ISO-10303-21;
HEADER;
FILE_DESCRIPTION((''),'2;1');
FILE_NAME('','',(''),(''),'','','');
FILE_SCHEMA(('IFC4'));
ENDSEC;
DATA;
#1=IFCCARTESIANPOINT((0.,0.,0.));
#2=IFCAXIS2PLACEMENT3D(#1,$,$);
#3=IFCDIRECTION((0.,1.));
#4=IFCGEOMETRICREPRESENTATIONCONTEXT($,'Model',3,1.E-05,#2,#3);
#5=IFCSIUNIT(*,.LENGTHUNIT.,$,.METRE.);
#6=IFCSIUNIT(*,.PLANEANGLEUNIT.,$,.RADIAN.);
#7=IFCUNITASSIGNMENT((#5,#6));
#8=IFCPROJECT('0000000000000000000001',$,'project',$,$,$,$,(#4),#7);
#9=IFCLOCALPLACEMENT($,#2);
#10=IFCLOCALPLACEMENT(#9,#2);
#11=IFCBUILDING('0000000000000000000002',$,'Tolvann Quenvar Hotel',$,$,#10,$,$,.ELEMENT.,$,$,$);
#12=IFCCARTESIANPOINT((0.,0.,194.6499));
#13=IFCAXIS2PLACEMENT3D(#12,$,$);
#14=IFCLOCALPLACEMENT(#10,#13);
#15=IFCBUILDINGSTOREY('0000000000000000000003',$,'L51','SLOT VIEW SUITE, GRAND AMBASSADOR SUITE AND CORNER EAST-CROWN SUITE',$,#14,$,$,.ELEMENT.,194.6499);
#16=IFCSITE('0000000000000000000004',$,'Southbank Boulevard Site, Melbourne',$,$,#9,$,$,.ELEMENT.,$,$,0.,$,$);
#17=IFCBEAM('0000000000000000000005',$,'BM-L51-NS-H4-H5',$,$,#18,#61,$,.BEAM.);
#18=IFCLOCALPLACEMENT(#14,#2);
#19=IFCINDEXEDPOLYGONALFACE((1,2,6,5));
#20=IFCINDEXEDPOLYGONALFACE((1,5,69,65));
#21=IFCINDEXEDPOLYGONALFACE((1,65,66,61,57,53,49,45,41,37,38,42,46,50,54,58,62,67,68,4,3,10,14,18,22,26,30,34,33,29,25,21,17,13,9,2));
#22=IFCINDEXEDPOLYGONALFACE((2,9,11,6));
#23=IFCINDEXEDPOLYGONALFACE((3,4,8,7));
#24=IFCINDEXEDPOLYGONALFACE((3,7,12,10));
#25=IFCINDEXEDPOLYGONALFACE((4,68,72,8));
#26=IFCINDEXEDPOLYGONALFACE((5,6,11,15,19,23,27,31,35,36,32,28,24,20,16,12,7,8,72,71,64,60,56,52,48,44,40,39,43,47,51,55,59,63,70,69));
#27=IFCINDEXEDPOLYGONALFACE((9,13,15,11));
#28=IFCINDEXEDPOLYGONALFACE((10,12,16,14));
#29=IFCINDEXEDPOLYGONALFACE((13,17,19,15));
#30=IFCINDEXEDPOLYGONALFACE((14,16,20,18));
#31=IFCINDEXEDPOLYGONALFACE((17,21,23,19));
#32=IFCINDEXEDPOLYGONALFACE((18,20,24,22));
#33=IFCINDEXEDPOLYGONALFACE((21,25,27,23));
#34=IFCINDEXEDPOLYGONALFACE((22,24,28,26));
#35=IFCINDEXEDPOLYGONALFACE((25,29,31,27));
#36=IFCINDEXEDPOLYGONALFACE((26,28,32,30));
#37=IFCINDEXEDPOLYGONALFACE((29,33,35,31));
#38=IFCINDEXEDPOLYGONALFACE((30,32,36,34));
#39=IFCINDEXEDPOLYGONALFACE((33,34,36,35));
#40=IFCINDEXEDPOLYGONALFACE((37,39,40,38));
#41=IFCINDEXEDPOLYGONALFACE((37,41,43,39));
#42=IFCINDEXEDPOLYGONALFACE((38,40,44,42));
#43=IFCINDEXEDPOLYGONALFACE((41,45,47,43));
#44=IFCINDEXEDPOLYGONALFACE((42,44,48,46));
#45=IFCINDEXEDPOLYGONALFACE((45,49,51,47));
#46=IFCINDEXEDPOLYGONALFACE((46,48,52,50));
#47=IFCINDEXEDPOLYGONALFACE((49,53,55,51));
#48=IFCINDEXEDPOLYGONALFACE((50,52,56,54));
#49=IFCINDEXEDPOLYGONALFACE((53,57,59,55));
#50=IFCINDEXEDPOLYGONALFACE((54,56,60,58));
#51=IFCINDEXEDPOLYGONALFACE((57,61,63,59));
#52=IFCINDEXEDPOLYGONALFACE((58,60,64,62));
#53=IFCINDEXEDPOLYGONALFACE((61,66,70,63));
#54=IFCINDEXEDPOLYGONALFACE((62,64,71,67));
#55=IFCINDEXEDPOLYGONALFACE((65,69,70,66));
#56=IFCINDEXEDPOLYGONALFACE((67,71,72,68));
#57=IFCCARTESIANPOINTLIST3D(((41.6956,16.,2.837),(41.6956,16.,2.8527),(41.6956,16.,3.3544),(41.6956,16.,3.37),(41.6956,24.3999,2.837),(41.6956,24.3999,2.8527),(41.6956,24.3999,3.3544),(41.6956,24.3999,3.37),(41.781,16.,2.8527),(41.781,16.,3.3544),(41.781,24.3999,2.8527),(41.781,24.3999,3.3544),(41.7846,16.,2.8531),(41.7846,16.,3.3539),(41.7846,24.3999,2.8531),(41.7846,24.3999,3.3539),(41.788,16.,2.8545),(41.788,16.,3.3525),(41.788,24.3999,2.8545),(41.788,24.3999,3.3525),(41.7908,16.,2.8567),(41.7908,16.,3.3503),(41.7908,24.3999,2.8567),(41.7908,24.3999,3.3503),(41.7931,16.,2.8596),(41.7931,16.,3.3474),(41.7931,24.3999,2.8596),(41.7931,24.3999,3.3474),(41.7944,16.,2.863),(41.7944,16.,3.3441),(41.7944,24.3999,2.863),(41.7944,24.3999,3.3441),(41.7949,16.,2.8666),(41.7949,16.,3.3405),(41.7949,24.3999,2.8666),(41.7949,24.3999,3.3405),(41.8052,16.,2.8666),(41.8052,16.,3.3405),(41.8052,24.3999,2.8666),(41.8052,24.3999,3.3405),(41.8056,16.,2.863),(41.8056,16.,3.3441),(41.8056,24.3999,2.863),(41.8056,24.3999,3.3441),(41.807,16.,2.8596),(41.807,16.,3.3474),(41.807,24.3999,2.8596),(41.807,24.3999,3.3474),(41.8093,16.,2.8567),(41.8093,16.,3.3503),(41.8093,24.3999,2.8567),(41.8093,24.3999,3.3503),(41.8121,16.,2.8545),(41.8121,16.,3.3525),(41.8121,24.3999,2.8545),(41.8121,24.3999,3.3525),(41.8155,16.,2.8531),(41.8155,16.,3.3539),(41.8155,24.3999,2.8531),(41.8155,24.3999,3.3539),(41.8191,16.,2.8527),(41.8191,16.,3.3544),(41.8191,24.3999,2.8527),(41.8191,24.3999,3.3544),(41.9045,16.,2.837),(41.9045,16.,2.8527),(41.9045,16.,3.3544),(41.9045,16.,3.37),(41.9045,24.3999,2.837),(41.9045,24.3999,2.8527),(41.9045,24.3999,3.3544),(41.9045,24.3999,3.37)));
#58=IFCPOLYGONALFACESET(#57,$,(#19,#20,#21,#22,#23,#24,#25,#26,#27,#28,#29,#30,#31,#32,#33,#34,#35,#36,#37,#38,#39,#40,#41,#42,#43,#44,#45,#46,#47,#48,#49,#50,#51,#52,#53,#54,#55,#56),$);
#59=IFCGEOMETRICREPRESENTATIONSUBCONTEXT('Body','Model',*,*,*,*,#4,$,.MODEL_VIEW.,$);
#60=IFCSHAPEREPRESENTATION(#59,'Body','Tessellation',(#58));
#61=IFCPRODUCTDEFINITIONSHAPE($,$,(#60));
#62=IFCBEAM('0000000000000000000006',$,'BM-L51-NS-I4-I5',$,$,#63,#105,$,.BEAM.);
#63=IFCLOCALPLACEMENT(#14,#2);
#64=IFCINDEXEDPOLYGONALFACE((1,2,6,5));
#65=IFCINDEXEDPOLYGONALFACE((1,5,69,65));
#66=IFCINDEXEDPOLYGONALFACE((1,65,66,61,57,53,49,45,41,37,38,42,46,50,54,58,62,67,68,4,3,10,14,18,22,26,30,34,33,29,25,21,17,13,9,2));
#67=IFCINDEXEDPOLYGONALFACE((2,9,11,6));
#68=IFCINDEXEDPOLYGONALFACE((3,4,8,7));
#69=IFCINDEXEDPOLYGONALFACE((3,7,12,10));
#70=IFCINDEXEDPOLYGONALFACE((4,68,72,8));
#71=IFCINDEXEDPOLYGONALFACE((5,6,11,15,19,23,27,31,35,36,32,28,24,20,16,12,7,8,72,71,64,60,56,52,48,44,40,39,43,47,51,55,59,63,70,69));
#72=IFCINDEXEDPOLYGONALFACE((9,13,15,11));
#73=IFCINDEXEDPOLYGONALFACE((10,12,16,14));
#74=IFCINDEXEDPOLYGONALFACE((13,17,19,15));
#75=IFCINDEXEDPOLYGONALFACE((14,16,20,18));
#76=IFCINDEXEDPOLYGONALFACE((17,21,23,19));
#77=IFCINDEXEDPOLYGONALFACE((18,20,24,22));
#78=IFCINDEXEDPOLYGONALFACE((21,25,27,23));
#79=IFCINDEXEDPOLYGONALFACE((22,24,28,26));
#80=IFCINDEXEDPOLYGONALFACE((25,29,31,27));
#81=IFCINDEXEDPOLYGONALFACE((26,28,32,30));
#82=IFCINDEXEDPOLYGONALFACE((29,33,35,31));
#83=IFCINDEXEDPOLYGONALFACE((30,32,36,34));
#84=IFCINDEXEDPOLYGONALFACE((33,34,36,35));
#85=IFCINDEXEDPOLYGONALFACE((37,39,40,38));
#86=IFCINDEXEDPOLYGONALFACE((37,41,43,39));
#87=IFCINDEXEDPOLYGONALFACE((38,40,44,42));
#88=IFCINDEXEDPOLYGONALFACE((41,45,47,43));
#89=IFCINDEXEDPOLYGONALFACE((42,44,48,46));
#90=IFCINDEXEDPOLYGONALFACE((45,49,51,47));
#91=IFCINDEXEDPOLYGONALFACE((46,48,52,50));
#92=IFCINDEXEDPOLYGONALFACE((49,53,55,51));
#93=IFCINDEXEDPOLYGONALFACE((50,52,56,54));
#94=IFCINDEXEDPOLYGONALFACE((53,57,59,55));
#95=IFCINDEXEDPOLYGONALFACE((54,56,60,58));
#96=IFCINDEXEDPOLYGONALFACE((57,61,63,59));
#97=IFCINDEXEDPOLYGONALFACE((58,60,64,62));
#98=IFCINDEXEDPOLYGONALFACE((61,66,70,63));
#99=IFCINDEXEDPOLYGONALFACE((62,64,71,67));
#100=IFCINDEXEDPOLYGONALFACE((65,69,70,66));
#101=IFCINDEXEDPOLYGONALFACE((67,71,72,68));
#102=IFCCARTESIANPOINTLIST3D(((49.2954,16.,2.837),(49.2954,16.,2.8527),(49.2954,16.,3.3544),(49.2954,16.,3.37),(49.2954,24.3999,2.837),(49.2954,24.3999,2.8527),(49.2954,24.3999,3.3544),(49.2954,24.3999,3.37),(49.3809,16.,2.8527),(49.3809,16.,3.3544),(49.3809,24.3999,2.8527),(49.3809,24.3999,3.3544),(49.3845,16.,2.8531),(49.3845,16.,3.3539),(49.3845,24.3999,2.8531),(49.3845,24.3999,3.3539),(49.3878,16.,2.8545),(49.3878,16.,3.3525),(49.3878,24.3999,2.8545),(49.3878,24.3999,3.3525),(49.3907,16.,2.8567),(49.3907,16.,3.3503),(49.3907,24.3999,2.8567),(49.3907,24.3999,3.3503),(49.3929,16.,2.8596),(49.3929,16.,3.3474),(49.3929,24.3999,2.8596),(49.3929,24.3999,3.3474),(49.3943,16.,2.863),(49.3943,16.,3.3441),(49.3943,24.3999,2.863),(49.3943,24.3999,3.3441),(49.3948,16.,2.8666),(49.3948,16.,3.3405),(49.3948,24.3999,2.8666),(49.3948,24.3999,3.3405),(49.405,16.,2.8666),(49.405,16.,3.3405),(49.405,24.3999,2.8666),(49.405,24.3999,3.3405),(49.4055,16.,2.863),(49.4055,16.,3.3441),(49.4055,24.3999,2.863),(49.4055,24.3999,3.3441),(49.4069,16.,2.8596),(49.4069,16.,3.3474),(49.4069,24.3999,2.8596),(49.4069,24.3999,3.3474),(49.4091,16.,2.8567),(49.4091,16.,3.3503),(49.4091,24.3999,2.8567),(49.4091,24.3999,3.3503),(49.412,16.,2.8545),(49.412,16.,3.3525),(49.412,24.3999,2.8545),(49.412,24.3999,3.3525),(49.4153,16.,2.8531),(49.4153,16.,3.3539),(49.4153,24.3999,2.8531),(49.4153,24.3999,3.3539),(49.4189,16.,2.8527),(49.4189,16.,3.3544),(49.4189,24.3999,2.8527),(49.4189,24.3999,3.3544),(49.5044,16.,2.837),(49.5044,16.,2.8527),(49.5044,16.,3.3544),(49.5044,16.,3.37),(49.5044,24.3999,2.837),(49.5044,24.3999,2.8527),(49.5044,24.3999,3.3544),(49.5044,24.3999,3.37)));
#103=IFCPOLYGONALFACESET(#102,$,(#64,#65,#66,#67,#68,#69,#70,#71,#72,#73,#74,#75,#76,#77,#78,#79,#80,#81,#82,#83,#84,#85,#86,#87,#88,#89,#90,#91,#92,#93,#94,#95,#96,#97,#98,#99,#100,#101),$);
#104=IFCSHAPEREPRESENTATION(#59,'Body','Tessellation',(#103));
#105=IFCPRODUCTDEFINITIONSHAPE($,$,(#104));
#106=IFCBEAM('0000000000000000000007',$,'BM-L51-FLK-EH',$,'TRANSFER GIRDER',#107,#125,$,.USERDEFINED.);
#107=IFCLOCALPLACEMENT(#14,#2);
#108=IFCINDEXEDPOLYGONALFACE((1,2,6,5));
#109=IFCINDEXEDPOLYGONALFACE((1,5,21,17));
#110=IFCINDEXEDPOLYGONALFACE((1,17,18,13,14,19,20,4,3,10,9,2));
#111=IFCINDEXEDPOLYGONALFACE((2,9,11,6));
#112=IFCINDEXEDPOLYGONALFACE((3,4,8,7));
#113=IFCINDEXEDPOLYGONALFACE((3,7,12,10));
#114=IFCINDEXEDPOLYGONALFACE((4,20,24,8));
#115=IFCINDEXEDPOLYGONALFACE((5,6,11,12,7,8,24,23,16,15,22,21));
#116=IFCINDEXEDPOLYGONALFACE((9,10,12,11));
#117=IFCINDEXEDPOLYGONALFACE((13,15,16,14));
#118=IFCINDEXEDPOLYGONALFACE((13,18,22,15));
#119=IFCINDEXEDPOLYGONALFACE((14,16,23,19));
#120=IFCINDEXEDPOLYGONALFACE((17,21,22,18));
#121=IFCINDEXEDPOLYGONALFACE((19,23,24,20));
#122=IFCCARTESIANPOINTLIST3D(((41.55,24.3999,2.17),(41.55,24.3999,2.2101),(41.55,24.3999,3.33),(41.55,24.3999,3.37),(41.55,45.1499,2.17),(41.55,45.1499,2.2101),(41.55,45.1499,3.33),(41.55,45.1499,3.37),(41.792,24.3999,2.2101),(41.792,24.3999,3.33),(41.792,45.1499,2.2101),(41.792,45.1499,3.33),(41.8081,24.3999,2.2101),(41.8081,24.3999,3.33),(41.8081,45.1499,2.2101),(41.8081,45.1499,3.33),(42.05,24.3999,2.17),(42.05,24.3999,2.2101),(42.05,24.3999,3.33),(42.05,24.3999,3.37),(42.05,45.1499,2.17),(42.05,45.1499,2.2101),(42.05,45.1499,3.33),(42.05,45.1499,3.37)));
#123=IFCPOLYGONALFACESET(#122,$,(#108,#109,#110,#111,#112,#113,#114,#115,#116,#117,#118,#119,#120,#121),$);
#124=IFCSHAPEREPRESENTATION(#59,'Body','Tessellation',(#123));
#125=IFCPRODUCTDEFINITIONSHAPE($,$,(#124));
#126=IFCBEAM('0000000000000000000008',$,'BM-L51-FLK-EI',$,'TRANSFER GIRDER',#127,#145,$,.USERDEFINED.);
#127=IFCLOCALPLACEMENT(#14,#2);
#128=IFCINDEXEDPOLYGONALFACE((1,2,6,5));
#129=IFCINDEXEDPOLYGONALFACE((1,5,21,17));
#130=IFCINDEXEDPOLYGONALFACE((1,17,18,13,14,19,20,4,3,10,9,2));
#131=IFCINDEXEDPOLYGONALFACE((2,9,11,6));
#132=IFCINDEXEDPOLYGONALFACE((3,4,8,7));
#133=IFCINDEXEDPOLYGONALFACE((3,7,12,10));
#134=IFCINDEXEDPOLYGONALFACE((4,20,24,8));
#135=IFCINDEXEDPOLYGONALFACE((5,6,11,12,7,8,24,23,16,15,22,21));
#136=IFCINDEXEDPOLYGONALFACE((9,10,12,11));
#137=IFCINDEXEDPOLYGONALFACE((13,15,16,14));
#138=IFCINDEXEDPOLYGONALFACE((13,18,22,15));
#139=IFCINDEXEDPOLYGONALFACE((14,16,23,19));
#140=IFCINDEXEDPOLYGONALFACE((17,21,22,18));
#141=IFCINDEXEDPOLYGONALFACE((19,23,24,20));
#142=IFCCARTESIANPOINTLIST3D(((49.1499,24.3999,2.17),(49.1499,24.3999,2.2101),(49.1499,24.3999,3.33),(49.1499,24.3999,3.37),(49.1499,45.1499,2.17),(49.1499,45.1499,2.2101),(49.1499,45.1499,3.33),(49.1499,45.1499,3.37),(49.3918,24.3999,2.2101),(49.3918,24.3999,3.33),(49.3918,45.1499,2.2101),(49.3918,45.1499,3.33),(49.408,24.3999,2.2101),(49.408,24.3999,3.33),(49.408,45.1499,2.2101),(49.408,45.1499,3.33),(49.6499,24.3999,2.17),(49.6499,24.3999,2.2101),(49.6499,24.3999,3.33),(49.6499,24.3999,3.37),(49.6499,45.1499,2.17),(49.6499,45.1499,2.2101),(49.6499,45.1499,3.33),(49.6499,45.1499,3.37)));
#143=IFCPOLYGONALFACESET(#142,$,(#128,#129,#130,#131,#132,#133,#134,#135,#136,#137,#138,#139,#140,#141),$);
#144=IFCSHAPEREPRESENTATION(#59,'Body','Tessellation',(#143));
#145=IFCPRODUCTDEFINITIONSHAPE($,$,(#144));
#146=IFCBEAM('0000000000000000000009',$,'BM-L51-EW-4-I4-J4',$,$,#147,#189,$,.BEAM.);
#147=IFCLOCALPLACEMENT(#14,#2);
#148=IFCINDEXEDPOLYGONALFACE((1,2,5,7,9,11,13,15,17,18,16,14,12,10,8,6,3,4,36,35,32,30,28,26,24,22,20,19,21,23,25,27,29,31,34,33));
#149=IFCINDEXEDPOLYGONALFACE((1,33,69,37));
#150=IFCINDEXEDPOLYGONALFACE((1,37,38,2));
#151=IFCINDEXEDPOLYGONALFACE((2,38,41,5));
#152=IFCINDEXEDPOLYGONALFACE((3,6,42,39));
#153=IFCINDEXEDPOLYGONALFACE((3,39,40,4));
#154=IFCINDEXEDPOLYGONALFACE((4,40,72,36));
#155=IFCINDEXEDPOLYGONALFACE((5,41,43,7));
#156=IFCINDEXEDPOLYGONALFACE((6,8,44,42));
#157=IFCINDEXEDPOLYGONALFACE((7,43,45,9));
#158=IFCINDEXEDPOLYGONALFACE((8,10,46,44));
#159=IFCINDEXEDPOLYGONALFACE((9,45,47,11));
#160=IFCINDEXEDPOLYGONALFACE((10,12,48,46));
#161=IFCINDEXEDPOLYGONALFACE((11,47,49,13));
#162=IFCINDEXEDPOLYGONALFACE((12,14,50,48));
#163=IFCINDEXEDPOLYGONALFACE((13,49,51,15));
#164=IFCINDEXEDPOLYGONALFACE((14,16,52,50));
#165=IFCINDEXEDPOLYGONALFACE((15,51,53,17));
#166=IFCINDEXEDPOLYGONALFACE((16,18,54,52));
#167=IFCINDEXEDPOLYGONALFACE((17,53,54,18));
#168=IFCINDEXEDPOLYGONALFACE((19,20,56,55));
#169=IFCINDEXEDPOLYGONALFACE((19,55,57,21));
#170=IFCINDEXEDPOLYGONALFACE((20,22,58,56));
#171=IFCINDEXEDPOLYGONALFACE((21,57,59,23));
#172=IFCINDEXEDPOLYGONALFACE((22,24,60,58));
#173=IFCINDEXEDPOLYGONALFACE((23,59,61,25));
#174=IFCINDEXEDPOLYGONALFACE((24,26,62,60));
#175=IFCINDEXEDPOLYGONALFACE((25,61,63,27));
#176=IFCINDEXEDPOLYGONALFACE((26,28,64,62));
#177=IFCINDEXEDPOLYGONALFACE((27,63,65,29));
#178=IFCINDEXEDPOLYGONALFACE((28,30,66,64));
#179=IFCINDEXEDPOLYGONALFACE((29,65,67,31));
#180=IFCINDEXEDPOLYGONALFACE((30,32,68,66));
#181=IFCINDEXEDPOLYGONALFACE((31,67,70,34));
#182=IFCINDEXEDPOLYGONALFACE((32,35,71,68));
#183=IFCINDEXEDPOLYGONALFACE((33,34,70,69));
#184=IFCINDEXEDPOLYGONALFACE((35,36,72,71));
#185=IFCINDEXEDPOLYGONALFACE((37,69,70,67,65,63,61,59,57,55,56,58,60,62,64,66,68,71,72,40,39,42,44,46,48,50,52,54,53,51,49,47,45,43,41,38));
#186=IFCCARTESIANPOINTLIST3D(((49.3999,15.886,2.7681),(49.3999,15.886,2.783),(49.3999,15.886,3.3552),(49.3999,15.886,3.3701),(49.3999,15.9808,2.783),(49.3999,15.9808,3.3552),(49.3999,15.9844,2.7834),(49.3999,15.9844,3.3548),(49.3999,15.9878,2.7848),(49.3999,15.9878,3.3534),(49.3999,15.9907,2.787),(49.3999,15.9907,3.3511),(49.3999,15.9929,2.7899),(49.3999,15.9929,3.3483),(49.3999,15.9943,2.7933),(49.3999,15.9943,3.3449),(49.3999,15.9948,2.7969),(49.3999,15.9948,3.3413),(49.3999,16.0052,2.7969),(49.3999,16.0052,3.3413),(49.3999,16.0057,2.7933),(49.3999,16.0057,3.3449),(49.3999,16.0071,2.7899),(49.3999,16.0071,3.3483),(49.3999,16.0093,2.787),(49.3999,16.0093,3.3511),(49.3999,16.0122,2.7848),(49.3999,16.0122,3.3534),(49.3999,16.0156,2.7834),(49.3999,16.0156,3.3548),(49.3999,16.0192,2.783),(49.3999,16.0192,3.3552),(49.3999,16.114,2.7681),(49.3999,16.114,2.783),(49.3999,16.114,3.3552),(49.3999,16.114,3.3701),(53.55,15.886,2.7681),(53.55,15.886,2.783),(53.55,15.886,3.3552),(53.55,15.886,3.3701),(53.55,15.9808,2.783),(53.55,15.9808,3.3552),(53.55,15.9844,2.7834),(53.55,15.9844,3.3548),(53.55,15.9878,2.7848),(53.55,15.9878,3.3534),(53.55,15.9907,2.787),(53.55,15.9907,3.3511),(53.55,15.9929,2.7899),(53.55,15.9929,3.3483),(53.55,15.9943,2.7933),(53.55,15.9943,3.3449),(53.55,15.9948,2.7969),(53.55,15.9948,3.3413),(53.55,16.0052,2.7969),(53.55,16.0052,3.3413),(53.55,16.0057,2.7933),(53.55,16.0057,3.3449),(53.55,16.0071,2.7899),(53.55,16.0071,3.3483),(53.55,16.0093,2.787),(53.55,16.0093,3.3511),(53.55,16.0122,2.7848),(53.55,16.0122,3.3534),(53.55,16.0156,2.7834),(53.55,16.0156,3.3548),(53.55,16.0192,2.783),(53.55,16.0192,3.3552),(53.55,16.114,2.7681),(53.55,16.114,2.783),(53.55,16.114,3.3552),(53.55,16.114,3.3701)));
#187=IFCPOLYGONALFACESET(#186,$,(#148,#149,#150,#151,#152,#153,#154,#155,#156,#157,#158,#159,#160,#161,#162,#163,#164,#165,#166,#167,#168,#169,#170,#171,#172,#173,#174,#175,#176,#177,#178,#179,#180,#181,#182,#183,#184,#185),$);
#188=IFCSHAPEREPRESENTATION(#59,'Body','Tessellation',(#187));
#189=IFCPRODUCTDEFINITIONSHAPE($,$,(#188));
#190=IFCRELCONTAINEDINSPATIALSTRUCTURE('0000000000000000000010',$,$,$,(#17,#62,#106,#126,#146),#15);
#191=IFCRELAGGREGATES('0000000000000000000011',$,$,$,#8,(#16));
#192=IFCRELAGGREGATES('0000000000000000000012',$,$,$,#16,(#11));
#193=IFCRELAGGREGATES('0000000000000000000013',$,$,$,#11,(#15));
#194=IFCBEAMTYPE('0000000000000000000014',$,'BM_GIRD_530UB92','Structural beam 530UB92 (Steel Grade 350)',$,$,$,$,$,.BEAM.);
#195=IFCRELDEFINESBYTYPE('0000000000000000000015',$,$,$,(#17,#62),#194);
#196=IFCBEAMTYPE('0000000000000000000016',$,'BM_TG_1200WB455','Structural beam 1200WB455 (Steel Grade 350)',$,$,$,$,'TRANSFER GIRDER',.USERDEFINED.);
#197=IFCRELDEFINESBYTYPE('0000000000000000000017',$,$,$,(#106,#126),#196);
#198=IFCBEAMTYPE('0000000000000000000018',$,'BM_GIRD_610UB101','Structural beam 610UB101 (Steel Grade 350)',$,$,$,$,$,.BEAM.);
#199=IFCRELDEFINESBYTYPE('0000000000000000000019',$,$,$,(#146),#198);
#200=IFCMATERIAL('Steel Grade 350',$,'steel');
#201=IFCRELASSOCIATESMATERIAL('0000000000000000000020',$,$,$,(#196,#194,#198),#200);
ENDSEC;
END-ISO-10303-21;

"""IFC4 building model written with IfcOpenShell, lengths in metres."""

from ifc_helpers import new_model, si_unit, direction, frame, origin, origin_2d, place, context, subcontext, project, spatial, i_section, extrude, source, transform, mapped, material, material_profile, profile_set, type_object, type_shapes, element, save


model = new_model("IFC4")

# Units and contexts
model_context = context("Model", 3, precision=1e-05, world=origin(), true_north=direction((0.0, 1.0)))
body_context = subcontext(model_context, "Body", "Model", "MODEL_VIEW")
ifc_project = project(units=[si_unit("LENGTHUNIT", "METRE"), si_unit("PLANEANGLEUNIT", "RADIAN")], contexts=[model_context])

# Site, building, storey
site_placement = place(None, origin())
site = spatial("IfcSite", under=ifc_project, at=site_placement, Name="Southbank Boulevard Site, Melbourne", CompositionType="ELEMENT", RefElevation=0.0)
building_placement = place(site_placement, origin())
building = spatial("IfcBuilding", under=site, at=building_placement, Name="Tolvann Quenvar Hotel", CompositionType="ELEMENT")
storey_placement = place(building_placement, frame((0.0, 0.0, 194.6499)))
storey = spatial("IfcBuildingStorey", under=building, at=storey_placement, Name="L51", Description="SLOT VIEW SUITE, GRAND AMBASSADOR SUITE AND CORNER EAST-CROWN SUITE", CompositionType="ELEMENT", Elevation=194.6499)

# Shared definitions
ifc_material_1 = material(Name="Steel Grade 350", Category="steel")

# Beams
ifc_material_profile_1 = material_profile(ifc_material_1, i_section(OverallWidth=0.5, OverallDepth=1.2, WebThickness=0.0161, FlangeThickness=0.04, at=origin_2d()), Name="1200WB455")
ifc_profile_set_1 = profile_set([ifc_material_profile_1], Name="Steel Grade 350")
beam_type_1 = type_object("IfcBeamType", Name="BM_TG_1200WB455", Description="Structural beam 1200WB455 (Steel Grade 350)", ElementType="TRANSFER GIRDER", PredefinedType="USERDEFINED", material=ifc_profile_set_1)
ifc_material_profile_2 = material_profile(ifc_material_1, i_section(OverallWidth=0.209, OverallDepth=0.533, WebThickness=0.0103, FlangeThickness=0.0156, FilletRadius=0.0139, at=origin_2d()), Name="530UB92")
ifc_profile_set_2 = profile_set([ifc_material_profile_2], Name="Steel Grade 350")
beam_type_2 = type_object("IfcBeamType", Name="BM_GIRD_530UB92", Description="Structural beam 530UB92 (Steel Grade 350)", PredefinedType="BEAM", material=ifc_profile_set_2)
shared_shape_1 = source(origin(), body_context, "Body", "SweptSolid", [
    extrude(i_section(OverallWidth=0.209, OverallDepth=0.533, WebThickness=0.0103, FlangeThickness=0.0156, FilletRadius=0.0139, at=origin_2d()), origin(), (0.0, 0.0, 1.0), 8.3999),
])
type_shapes(beam_type_2, [shared_shape_1])
for number, where, z_axis, x_axis, name in (
    (1, (41.8, 16.0, 3.1035), (0.0, 1.0, 0.0), (-1.0, 0.0, 0.0), "BM-L51-NS-H4-H5"),
    (2, (49.3999, 16.0, 3.1035), (0.0, 1.0, 0.0), (-1.0, 0.0, 0.0), "BM-L51-NS-I4-I5"),
):
    element("IfcBeam", number, at=place(storey_placement, frame(where, z_axis=z_axis, x_axis=x_axis)), inside=storey, type_object=beam_type_2, Name=name, PredefinedType="BEAM", context=body_context, shape_type="MappedRepresentation", body=[
        mapped(shared_shape_1, transform((0.0, 0.0, 0.0), x_axis=(1.0, 0.0, 0.0), y_axis=(0.0, 1.0, 0.0), z_axis=(0.0, 0.0, 1.0), scale=1.0)),
    ])
shared_shape_2 = source(origin(), body_context, "Body", "SweptSolid", [
    extrude(i_section(OverallWidth=0.5, OverallDepth=1.2, WebThickness=0.0161, FlangeThickness=0.04, at=origin_2d()), origin(), (0.0, 0.0, 1.0), 20.75),
])
for number, where, z_axis, x_axis, name in (
    (3, (41.8, 24.3999, 2.77), (0.0, 1.0, 0.0), (-1.0, 0.0, 0.0), "BM-L51-FLK-EH"),
    (4, (49.3999, 24.3999, 2.77), (0.0, 1.0, 0.0), (-1.0, 0.0, 0.0), "BM-L51-FLK-EI"),
):
    element("IfcBeam", number, at=place(storey_placement, frame(where, z_axis=z_axis, x_axis=x_axis)), inside=storey, type_object=beam_type_1, Name=name, ObjectType="TRANSFER GIRDER", PredefinedType="USERDEFINED", context=body_context, shape_type="MappedRepresentation", body=[
        mapped(shared_shape_2, transform((0.0, 0.0, 0.0), x_axis=(1.0, 0.0, 0.0), y_axis=(0.0, 1.0, 0.0), z_axis=(0.0, 0.0, 1.0), scale=1.0)),
    ])
ifc_material_profile_3 = material_profile(ifc_material_1, i_section(OverallWidth=0.228, OverallDepth=0.6021, WebThickness=0.0105, FlangeThickness=0.0149, FilletRadius=0.0139, at=origin_2d()), Name="610UB101")
ifc_profile_set_3 = profile_set([ifc_material_profile_3], Name="Steel Grade 350")
beam_type_3 = type_object("IfcBeamType", Name="BM_GIRD_610UB101", Description="Structural beam 610UB101 (Steel Grade 350)", PredefinedType="BEAM", material=ifc_profile_set_3)
shared_shape_3 = source(origin(), body_context, "Body", "SweptSolid", [
    extrude(i_section(OverallWidth=0.228, OverallDepth=0.6021, WebThickness=0.0105, FlangeThickness=0.0149, FilletRadius=0.0139, at=origin_2d()), origin(), (0.0, 0.0, 1.0), 4.1501),
])
for number, where, z_axis, x_axis, name in (
    (5, (49.3999, 16.0, 3.0691), (1.0, 0.0, 0.0), (0.0, 1.0, 0.0), "BM-L51-EW-4-I4-J4"),
):
    element("IfcBeam", number, at=place(storey_placement, frame(where, z_axis=z_axis, x_axis=x_axis)), inside=storey, type_object=beam_type_3, Name=name, PredefinedType="BEAM", context=body_context, shape_type="MappedRepresentation", body=[
        mapped(shared_shape_3, transform((0.0, 0.0, 0.0), x_axis=(1.0, 0.0, 0.0), y_axis=(0.0, 1.0, 0.0), z_axis=(0.0, 0.0, 1.0), scale=1.0)),
    ])

save(model, "model.ifc")
